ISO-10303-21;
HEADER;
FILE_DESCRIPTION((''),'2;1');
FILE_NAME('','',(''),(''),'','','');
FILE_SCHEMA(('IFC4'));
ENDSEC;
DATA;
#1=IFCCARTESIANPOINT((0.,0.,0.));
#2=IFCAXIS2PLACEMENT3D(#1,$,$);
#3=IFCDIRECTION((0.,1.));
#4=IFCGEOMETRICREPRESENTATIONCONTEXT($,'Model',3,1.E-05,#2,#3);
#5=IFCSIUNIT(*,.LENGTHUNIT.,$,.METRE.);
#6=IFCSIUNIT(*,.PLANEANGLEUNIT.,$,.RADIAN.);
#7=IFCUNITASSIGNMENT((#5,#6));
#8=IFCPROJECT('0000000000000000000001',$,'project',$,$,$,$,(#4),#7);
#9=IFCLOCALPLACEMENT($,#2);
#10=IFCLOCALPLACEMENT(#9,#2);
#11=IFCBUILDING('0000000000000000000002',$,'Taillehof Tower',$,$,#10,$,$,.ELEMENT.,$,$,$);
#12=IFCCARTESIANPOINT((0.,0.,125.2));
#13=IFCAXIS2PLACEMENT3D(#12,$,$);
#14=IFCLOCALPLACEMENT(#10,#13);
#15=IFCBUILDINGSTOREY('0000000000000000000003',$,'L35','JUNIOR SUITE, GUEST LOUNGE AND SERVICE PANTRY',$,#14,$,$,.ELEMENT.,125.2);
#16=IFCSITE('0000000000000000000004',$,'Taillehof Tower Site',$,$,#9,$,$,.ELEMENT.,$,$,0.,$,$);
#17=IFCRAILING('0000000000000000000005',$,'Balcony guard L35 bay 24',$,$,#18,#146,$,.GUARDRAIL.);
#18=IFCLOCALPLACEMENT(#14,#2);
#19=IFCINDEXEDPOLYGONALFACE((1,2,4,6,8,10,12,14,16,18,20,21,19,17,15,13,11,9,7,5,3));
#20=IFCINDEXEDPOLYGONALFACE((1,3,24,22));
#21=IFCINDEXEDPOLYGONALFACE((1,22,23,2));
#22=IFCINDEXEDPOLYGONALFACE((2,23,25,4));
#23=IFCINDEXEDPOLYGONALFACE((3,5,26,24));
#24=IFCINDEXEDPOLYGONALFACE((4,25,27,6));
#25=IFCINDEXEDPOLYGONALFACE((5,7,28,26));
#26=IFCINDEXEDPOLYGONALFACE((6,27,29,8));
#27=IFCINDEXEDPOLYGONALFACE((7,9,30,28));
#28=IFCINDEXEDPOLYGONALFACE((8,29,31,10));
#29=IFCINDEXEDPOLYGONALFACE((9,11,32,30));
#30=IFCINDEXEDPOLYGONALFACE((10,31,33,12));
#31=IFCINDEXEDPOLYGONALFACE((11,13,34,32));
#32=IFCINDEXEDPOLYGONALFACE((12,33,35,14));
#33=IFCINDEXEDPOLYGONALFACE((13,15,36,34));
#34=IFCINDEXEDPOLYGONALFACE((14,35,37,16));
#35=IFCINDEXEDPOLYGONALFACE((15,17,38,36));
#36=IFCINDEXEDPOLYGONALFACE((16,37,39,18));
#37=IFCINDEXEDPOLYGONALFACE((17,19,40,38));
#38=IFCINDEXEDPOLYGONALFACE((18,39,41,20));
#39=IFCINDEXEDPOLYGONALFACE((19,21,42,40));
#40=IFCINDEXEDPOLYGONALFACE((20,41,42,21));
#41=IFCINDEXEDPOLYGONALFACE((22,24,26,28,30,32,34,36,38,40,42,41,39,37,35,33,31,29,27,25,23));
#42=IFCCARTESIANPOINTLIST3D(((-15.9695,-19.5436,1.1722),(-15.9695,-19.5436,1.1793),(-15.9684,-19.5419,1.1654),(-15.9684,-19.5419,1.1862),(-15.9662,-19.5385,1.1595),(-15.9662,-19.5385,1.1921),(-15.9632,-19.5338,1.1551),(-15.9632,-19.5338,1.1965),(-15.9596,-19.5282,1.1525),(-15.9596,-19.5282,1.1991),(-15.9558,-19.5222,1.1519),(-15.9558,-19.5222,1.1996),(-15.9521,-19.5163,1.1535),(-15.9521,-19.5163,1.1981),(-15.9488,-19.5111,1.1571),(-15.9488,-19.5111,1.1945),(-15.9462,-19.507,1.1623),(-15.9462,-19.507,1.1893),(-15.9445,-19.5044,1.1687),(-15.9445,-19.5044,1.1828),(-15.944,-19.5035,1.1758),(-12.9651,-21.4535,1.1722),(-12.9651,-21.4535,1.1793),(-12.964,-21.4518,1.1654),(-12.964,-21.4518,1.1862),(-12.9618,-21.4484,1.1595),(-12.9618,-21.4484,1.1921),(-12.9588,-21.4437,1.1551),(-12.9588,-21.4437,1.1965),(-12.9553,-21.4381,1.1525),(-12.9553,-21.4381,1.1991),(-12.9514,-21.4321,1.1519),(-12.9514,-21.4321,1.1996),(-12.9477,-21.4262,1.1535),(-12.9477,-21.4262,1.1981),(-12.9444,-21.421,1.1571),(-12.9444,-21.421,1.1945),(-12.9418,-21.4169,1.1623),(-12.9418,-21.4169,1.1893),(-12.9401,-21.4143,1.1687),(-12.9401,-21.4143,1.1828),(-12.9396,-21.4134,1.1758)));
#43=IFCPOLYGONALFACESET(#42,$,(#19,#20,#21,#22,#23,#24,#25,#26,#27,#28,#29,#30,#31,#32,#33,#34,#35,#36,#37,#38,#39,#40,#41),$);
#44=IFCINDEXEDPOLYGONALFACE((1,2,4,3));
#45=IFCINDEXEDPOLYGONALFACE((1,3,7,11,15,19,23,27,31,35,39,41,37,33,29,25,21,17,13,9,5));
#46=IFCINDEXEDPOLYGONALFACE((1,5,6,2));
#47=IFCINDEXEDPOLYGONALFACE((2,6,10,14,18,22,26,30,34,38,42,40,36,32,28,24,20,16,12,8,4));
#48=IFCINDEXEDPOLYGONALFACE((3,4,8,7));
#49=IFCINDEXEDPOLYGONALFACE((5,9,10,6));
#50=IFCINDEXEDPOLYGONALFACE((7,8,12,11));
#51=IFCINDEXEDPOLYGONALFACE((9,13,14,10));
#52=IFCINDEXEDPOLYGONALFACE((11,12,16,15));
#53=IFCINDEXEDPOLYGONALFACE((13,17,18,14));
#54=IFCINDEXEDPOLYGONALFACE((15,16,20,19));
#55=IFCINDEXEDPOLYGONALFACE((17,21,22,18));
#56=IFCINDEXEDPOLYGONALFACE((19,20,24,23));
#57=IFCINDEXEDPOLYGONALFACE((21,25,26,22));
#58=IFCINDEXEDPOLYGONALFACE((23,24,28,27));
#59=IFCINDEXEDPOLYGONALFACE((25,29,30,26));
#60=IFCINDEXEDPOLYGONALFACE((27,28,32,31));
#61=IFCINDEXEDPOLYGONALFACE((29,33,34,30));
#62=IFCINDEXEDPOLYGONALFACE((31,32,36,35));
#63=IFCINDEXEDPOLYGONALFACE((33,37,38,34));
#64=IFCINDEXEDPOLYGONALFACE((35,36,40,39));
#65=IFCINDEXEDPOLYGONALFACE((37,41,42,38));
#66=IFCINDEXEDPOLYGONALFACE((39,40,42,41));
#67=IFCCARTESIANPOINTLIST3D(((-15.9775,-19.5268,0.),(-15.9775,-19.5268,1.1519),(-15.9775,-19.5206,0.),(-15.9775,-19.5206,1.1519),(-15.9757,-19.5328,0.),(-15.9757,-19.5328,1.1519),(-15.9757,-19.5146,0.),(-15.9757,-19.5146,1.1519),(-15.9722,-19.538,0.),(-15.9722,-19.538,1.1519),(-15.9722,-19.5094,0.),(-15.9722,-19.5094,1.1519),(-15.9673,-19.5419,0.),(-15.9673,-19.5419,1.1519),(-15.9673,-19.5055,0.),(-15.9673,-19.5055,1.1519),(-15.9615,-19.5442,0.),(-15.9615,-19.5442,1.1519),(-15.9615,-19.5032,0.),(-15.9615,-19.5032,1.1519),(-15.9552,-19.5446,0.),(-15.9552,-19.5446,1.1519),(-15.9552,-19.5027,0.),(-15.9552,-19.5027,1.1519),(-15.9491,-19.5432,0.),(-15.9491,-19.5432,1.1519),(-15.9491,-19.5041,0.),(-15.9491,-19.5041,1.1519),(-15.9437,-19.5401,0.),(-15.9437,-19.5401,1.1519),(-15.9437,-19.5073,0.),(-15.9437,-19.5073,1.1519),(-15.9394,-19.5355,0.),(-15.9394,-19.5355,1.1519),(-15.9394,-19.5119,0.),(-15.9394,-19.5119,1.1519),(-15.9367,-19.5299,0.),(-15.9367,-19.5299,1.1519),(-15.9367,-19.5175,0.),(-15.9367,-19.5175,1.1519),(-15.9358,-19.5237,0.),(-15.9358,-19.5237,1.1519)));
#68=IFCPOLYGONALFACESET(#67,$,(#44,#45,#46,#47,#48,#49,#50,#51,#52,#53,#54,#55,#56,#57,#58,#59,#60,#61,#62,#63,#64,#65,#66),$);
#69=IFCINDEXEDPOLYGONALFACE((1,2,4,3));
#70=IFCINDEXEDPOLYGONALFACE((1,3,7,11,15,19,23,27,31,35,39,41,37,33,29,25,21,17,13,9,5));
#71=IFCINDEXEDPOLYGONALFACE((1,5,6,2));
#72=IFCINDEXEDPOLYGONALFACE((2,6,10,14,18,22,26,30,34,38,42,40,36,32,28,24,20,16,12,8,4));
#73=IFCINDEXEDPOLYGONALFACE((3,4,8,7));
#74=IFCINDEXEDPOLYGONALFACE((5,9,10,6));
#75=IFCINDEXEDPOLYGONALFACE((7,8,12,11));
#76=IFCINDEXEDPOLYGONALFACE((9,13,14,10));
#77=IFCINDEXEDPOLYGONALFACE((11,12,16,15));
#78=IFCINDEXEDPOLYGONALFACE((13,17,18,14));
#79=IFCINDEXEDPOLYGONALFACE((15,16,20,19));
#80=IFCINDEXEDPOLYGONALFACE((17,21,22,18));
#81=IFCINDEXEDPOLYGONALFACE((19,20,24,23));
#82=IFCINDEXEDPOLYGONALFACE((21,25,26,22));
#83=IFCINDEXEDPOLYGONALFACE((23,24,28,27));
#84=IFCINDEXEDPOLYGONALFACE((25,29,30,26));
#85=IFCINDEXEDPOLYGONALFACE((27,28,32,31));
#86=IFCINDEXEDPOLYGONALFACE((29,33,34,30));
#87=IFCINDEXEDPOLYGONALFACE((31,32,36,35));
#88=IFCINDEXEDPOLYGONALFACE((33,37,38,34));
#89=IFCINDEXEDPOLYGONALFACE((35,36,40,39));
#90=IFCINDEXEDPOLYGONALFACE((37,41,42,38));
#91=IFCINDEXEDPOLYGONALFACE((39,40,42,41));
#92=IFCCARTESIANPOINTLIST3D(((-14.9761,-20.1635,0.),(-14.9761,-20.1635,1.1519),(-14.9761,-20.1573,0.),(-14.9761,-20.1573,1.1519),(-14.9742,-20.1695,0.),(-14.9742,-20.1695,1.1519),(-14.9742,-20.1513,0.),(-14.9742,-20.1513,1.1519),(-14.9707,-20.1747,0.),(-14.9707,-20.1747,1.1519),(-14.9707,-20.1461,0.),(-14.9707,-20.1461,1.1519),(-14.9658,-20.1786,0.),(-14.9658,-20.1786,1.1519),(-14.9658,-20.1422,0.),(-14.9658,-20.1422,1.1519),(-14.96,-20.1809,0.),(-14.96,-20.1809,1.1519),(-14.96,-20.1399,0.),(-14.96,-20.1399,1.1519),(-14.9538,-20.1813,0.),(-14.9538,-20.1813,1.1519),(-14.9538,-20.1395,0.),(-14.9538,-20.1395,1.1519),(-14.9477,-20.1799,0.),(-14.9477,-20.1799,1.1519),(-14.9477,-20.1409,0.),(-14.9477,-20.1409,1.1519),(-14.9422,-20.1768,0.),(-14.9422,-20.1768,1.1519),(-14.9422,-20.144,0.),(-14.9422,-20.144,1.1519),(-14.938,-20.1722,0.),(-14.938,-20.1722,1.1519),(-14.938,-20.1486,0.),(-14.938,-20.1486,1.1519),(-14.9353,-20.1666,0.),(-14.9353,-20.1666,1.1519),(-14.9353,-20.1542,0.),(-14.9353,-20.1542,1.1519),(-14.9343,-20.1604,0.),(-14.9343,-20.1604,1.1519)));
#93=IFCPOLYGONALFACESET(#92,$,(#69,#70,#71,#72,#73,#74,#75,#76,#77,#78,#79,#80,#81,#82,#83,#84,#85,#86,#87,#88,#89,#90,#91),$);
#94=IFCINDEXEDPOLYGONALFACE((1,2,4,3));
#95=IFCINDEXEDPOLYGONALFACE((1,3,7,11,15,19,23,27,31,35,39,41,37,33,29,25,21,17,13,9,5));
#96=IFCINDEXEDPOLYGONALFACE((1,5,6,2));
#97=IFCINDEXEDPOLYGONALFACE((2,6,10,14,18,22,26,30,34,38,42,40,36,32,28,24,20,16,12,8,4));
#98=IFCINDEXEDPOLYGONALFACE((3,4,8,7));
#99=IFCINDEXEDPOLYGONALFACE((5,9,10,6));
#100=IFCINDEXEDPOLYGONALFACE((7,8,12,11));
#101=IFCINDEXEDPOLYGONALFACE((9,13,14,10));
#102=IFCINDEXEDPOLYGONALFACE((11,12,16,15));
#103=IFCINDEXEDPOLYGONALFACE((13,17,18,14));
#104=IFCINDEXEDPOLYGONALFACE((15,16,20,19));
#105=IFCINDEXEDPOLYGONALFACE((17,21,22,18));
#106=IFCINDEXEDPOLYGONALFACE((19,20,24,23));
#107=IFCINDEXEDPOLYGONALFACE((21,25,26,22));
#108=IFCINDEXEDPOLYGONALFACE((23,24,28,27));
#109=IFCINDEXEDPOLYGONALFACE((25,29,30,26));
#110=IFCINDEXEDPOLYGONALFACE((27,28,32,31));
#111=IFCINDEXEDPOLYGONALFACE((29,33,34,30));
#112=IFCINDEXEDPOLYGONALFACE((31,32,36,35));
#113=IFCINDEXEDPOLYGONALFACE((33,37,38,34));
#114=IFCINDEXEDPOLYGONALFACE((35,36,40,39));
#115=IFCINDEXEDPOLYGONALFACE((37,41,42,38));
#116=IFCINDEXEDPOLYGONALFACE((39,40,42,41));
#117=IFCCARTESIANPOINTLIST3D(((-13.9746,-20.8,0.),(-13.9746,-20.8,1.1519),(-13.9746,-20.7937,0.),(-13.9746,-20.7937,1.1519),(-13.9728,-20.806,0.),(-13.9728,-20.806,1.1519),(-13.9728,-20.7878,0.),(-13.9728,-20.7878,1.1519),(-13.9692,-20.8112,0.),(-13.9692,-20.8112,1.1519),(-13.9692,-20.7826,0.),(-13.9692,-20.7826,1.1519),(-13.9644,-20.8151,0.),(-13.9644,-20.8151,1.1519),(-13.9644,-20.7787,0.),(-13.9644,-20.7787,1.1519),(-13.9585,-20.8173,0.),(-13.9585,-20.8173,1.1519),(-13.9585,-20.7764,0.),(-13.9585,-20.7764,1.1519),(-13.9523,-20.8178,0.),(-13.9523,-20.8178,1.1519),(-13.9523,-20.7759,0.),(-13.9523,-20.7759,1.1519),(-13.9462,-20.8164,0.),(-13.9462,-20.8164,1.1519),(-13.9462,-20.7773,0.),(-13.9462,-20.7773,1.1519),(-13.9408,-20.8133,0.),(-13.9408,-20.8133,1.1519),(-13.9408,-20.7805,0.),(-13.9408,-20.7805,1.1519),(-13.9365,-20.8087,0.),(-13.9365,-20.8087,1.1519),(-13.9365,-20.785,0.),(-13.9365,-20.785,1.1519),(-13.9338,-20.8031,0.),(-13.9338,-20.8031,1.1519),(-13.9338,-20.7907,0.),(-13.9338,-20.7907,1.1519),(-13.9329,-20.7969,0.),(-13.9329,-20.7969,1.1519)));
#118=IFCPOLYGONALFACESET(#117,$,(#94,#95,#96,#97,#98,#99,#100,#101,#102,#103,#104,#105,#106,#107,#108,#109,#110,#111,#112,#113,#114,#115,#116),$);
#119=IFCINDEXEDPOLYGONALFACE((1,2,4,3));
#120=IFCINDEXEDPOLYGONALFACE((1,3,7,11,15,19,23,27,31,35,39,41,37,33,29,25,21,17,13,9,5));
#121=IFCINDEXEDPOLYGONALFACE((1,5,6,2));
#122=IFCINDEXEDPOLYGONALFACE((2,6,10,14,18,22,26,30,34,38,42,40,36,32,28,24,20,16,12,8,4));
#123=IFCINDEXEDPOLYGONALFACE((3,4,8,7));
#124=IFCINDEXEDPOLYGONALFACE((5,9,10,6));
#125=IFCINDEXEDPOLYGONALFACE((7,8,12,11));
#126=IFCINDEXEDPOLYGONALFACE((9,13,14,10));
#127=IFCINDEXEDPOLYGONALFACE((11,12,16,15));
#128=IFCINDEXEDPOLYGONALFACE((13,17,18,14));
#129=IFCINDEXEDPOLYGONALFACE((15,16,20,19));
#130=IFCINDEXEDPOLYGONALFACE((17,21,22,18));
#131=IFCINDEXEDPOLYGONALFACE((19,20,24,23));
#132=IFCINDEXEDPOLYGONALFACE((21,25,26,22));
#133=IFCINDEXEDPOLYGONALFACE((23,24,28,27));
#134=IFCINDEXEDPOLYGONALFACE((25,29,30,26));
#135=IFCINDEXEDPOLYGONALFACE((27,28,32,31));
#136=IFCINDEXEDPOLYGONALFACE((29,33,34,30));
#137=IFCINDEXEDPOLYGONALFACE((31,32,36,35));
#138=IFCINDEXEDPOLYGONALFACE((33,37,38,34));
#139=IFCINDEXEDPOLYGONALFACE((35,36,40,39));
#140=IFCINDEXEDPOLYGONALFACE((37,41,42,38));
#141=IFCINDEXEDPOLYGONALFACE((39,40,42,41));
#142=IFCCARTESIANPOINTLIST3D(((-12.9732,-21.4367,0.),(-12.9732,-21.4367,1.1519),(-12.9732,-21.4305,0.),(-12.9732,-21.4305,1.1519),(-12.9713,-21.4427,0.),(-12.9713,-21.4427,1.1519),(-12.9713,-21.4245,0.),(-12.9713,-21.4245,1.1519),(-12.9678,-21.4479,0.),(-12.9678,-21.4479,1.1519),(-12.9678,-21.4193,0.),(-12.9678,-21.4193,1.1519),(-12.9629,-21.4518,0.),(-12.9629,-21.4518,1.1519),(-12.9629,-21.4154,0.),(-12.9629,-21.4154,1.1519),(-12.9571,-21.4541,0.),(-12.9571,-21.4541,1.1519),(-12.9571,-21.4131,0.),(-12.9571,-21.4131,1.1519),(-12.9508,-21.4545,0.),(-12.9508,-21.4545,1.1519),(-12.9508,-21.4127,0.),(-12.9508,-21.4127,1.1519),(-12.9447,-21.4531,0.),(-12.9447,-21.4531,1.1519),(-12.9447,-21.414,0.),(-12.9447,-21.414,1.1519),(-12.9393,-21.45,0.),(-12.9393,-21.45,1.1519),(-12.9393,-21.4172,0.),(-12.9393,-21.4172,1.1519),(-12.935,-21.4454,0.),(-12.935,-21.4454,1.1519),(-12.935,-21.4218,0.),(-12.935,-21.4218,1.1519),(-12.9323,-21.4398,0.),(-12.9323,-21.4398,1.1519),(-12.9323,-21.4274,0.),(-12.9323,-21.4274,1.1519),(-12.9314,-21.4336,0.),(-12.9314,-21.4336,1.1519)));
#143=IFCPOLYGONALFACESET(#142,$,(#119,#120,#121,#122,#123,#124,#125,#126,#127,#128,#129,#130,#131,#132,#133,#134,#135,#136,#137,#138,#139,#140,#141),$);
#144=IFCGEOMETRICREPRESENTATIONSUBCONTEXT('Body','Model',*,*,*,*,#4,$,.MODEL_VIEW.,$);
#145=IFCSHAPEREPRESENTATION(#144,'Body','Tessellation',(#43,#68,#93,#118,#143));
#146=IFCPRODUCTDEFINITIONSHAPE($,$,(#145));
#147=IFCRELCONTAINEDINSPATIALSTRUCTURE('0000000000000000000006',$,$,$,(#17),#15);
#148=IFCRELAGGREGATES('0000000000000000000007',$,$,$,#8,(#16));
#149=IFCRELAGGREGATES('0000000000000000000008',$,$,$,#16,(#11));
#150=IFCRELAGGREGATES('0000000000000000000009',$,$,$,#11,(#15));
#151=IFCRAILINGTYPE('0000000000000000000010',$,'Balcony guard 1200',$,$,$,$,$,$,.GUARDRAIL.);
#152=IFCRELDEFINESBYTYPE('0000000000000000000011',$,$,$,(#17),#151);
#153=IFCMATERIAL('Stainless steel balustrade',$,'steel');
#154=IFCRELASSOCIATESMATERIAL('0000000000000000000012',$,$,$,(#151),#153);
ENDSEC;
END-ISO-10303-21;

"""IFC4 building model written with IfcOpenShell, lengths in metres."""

from ifc_helpers import new_model, si_unit, direction, frame, origin, origin_2d, place, context, subcontext, project, spatial, circle, extrude, material, type_object, element, save


model = new_model("IFC4")

# Units and contexts
model_context = context("Model", 3, precision=1e-05, world=origin(), true_north=direction((0.0, 1.0)))
body_context = subcontext(model_context, "Body", "Model", "MODEL_VIEW")
ifc_project = project(units=[si_unit("LENGTHUNIT", "METRE"), si_unit("PLANEANGLEUNIT", "RADIAN")], contexts=[model_context])

# Site, building, storey
site_placement = place(None, origin())
site = spatial("IfcSite", under=ifc_project, at=site_placement, Name="Taillehof Tower Site", CompositionType="ELEMENT", RefElevation=0.0)
building_placement = place(site_placement, origin())
building = spatial("IfcBuilding", under=site, at=building_placement, Name="Taillehof Tower", CompositionType="ELEMENT")
storey_placement = place(building_placement, frame((0.0, 0.0, 125.2)))
storey = spatial("IfcBuildingStorey", under=building, at=storey_placement, Name="L35", Description="JUNIOR SUITE, GUEST LOUNGE AND SERVICE PANTRY", CompositionType="ELEMENT", Elevation=125.2)

# Railing
ifc_material_1 = material(Name="Stainless steel balustrade", Category="steel")
railing_type = type_object("IfcRailingType", Name="Balcony guard 1200", PredefinedType="GUARDRAIL", material=ifc_material_1)
railing_placement = place(storey_placement, frame((-15.9568, -19.5237, 0.0)))
element("IfcRailing", 1, at=railing_placement, inside=storey, type_object=railing_type, Name="Balcony guard L35 bay 24", PredefinedType="GUARDRAIL", context=body_context, shape_type="SweptSolid", body=[
    extrude(circle(Radius=0.0239, at=origin_2d()), frame((0.0, 0.0, 1.1758), z_axis=(0.843913, -0.536481, 0.0), x_axis=(0.536481, 0.843913, 0.0)), (0.0, 0.0, 1.0), 3.5601),
    extrude(circle(Radius=0.021, at=origin_2d()), origin(), (0.0, 0.0, 1.0), 1.1519),
    extrude(circle(Radius=0.021, at=origin_2d()), frame((1.0015, -0.6367, 0.0)), (0.0, 0.0, 1.0), 1.1519),
    extrude(circle(Radius=0.021, at=origin_2d()), frame((2.0029, -1.2732, 0.0)), (0.0, 0.0, 1.0), 1.1519),
    extrude(circle(Radius=0.021, at=origin_2d()), frame((3.0044, -1.9099, 0.0)), (0.0, 0.0, 1.0), 1.1519),
])

save(model, "model.ifc")
